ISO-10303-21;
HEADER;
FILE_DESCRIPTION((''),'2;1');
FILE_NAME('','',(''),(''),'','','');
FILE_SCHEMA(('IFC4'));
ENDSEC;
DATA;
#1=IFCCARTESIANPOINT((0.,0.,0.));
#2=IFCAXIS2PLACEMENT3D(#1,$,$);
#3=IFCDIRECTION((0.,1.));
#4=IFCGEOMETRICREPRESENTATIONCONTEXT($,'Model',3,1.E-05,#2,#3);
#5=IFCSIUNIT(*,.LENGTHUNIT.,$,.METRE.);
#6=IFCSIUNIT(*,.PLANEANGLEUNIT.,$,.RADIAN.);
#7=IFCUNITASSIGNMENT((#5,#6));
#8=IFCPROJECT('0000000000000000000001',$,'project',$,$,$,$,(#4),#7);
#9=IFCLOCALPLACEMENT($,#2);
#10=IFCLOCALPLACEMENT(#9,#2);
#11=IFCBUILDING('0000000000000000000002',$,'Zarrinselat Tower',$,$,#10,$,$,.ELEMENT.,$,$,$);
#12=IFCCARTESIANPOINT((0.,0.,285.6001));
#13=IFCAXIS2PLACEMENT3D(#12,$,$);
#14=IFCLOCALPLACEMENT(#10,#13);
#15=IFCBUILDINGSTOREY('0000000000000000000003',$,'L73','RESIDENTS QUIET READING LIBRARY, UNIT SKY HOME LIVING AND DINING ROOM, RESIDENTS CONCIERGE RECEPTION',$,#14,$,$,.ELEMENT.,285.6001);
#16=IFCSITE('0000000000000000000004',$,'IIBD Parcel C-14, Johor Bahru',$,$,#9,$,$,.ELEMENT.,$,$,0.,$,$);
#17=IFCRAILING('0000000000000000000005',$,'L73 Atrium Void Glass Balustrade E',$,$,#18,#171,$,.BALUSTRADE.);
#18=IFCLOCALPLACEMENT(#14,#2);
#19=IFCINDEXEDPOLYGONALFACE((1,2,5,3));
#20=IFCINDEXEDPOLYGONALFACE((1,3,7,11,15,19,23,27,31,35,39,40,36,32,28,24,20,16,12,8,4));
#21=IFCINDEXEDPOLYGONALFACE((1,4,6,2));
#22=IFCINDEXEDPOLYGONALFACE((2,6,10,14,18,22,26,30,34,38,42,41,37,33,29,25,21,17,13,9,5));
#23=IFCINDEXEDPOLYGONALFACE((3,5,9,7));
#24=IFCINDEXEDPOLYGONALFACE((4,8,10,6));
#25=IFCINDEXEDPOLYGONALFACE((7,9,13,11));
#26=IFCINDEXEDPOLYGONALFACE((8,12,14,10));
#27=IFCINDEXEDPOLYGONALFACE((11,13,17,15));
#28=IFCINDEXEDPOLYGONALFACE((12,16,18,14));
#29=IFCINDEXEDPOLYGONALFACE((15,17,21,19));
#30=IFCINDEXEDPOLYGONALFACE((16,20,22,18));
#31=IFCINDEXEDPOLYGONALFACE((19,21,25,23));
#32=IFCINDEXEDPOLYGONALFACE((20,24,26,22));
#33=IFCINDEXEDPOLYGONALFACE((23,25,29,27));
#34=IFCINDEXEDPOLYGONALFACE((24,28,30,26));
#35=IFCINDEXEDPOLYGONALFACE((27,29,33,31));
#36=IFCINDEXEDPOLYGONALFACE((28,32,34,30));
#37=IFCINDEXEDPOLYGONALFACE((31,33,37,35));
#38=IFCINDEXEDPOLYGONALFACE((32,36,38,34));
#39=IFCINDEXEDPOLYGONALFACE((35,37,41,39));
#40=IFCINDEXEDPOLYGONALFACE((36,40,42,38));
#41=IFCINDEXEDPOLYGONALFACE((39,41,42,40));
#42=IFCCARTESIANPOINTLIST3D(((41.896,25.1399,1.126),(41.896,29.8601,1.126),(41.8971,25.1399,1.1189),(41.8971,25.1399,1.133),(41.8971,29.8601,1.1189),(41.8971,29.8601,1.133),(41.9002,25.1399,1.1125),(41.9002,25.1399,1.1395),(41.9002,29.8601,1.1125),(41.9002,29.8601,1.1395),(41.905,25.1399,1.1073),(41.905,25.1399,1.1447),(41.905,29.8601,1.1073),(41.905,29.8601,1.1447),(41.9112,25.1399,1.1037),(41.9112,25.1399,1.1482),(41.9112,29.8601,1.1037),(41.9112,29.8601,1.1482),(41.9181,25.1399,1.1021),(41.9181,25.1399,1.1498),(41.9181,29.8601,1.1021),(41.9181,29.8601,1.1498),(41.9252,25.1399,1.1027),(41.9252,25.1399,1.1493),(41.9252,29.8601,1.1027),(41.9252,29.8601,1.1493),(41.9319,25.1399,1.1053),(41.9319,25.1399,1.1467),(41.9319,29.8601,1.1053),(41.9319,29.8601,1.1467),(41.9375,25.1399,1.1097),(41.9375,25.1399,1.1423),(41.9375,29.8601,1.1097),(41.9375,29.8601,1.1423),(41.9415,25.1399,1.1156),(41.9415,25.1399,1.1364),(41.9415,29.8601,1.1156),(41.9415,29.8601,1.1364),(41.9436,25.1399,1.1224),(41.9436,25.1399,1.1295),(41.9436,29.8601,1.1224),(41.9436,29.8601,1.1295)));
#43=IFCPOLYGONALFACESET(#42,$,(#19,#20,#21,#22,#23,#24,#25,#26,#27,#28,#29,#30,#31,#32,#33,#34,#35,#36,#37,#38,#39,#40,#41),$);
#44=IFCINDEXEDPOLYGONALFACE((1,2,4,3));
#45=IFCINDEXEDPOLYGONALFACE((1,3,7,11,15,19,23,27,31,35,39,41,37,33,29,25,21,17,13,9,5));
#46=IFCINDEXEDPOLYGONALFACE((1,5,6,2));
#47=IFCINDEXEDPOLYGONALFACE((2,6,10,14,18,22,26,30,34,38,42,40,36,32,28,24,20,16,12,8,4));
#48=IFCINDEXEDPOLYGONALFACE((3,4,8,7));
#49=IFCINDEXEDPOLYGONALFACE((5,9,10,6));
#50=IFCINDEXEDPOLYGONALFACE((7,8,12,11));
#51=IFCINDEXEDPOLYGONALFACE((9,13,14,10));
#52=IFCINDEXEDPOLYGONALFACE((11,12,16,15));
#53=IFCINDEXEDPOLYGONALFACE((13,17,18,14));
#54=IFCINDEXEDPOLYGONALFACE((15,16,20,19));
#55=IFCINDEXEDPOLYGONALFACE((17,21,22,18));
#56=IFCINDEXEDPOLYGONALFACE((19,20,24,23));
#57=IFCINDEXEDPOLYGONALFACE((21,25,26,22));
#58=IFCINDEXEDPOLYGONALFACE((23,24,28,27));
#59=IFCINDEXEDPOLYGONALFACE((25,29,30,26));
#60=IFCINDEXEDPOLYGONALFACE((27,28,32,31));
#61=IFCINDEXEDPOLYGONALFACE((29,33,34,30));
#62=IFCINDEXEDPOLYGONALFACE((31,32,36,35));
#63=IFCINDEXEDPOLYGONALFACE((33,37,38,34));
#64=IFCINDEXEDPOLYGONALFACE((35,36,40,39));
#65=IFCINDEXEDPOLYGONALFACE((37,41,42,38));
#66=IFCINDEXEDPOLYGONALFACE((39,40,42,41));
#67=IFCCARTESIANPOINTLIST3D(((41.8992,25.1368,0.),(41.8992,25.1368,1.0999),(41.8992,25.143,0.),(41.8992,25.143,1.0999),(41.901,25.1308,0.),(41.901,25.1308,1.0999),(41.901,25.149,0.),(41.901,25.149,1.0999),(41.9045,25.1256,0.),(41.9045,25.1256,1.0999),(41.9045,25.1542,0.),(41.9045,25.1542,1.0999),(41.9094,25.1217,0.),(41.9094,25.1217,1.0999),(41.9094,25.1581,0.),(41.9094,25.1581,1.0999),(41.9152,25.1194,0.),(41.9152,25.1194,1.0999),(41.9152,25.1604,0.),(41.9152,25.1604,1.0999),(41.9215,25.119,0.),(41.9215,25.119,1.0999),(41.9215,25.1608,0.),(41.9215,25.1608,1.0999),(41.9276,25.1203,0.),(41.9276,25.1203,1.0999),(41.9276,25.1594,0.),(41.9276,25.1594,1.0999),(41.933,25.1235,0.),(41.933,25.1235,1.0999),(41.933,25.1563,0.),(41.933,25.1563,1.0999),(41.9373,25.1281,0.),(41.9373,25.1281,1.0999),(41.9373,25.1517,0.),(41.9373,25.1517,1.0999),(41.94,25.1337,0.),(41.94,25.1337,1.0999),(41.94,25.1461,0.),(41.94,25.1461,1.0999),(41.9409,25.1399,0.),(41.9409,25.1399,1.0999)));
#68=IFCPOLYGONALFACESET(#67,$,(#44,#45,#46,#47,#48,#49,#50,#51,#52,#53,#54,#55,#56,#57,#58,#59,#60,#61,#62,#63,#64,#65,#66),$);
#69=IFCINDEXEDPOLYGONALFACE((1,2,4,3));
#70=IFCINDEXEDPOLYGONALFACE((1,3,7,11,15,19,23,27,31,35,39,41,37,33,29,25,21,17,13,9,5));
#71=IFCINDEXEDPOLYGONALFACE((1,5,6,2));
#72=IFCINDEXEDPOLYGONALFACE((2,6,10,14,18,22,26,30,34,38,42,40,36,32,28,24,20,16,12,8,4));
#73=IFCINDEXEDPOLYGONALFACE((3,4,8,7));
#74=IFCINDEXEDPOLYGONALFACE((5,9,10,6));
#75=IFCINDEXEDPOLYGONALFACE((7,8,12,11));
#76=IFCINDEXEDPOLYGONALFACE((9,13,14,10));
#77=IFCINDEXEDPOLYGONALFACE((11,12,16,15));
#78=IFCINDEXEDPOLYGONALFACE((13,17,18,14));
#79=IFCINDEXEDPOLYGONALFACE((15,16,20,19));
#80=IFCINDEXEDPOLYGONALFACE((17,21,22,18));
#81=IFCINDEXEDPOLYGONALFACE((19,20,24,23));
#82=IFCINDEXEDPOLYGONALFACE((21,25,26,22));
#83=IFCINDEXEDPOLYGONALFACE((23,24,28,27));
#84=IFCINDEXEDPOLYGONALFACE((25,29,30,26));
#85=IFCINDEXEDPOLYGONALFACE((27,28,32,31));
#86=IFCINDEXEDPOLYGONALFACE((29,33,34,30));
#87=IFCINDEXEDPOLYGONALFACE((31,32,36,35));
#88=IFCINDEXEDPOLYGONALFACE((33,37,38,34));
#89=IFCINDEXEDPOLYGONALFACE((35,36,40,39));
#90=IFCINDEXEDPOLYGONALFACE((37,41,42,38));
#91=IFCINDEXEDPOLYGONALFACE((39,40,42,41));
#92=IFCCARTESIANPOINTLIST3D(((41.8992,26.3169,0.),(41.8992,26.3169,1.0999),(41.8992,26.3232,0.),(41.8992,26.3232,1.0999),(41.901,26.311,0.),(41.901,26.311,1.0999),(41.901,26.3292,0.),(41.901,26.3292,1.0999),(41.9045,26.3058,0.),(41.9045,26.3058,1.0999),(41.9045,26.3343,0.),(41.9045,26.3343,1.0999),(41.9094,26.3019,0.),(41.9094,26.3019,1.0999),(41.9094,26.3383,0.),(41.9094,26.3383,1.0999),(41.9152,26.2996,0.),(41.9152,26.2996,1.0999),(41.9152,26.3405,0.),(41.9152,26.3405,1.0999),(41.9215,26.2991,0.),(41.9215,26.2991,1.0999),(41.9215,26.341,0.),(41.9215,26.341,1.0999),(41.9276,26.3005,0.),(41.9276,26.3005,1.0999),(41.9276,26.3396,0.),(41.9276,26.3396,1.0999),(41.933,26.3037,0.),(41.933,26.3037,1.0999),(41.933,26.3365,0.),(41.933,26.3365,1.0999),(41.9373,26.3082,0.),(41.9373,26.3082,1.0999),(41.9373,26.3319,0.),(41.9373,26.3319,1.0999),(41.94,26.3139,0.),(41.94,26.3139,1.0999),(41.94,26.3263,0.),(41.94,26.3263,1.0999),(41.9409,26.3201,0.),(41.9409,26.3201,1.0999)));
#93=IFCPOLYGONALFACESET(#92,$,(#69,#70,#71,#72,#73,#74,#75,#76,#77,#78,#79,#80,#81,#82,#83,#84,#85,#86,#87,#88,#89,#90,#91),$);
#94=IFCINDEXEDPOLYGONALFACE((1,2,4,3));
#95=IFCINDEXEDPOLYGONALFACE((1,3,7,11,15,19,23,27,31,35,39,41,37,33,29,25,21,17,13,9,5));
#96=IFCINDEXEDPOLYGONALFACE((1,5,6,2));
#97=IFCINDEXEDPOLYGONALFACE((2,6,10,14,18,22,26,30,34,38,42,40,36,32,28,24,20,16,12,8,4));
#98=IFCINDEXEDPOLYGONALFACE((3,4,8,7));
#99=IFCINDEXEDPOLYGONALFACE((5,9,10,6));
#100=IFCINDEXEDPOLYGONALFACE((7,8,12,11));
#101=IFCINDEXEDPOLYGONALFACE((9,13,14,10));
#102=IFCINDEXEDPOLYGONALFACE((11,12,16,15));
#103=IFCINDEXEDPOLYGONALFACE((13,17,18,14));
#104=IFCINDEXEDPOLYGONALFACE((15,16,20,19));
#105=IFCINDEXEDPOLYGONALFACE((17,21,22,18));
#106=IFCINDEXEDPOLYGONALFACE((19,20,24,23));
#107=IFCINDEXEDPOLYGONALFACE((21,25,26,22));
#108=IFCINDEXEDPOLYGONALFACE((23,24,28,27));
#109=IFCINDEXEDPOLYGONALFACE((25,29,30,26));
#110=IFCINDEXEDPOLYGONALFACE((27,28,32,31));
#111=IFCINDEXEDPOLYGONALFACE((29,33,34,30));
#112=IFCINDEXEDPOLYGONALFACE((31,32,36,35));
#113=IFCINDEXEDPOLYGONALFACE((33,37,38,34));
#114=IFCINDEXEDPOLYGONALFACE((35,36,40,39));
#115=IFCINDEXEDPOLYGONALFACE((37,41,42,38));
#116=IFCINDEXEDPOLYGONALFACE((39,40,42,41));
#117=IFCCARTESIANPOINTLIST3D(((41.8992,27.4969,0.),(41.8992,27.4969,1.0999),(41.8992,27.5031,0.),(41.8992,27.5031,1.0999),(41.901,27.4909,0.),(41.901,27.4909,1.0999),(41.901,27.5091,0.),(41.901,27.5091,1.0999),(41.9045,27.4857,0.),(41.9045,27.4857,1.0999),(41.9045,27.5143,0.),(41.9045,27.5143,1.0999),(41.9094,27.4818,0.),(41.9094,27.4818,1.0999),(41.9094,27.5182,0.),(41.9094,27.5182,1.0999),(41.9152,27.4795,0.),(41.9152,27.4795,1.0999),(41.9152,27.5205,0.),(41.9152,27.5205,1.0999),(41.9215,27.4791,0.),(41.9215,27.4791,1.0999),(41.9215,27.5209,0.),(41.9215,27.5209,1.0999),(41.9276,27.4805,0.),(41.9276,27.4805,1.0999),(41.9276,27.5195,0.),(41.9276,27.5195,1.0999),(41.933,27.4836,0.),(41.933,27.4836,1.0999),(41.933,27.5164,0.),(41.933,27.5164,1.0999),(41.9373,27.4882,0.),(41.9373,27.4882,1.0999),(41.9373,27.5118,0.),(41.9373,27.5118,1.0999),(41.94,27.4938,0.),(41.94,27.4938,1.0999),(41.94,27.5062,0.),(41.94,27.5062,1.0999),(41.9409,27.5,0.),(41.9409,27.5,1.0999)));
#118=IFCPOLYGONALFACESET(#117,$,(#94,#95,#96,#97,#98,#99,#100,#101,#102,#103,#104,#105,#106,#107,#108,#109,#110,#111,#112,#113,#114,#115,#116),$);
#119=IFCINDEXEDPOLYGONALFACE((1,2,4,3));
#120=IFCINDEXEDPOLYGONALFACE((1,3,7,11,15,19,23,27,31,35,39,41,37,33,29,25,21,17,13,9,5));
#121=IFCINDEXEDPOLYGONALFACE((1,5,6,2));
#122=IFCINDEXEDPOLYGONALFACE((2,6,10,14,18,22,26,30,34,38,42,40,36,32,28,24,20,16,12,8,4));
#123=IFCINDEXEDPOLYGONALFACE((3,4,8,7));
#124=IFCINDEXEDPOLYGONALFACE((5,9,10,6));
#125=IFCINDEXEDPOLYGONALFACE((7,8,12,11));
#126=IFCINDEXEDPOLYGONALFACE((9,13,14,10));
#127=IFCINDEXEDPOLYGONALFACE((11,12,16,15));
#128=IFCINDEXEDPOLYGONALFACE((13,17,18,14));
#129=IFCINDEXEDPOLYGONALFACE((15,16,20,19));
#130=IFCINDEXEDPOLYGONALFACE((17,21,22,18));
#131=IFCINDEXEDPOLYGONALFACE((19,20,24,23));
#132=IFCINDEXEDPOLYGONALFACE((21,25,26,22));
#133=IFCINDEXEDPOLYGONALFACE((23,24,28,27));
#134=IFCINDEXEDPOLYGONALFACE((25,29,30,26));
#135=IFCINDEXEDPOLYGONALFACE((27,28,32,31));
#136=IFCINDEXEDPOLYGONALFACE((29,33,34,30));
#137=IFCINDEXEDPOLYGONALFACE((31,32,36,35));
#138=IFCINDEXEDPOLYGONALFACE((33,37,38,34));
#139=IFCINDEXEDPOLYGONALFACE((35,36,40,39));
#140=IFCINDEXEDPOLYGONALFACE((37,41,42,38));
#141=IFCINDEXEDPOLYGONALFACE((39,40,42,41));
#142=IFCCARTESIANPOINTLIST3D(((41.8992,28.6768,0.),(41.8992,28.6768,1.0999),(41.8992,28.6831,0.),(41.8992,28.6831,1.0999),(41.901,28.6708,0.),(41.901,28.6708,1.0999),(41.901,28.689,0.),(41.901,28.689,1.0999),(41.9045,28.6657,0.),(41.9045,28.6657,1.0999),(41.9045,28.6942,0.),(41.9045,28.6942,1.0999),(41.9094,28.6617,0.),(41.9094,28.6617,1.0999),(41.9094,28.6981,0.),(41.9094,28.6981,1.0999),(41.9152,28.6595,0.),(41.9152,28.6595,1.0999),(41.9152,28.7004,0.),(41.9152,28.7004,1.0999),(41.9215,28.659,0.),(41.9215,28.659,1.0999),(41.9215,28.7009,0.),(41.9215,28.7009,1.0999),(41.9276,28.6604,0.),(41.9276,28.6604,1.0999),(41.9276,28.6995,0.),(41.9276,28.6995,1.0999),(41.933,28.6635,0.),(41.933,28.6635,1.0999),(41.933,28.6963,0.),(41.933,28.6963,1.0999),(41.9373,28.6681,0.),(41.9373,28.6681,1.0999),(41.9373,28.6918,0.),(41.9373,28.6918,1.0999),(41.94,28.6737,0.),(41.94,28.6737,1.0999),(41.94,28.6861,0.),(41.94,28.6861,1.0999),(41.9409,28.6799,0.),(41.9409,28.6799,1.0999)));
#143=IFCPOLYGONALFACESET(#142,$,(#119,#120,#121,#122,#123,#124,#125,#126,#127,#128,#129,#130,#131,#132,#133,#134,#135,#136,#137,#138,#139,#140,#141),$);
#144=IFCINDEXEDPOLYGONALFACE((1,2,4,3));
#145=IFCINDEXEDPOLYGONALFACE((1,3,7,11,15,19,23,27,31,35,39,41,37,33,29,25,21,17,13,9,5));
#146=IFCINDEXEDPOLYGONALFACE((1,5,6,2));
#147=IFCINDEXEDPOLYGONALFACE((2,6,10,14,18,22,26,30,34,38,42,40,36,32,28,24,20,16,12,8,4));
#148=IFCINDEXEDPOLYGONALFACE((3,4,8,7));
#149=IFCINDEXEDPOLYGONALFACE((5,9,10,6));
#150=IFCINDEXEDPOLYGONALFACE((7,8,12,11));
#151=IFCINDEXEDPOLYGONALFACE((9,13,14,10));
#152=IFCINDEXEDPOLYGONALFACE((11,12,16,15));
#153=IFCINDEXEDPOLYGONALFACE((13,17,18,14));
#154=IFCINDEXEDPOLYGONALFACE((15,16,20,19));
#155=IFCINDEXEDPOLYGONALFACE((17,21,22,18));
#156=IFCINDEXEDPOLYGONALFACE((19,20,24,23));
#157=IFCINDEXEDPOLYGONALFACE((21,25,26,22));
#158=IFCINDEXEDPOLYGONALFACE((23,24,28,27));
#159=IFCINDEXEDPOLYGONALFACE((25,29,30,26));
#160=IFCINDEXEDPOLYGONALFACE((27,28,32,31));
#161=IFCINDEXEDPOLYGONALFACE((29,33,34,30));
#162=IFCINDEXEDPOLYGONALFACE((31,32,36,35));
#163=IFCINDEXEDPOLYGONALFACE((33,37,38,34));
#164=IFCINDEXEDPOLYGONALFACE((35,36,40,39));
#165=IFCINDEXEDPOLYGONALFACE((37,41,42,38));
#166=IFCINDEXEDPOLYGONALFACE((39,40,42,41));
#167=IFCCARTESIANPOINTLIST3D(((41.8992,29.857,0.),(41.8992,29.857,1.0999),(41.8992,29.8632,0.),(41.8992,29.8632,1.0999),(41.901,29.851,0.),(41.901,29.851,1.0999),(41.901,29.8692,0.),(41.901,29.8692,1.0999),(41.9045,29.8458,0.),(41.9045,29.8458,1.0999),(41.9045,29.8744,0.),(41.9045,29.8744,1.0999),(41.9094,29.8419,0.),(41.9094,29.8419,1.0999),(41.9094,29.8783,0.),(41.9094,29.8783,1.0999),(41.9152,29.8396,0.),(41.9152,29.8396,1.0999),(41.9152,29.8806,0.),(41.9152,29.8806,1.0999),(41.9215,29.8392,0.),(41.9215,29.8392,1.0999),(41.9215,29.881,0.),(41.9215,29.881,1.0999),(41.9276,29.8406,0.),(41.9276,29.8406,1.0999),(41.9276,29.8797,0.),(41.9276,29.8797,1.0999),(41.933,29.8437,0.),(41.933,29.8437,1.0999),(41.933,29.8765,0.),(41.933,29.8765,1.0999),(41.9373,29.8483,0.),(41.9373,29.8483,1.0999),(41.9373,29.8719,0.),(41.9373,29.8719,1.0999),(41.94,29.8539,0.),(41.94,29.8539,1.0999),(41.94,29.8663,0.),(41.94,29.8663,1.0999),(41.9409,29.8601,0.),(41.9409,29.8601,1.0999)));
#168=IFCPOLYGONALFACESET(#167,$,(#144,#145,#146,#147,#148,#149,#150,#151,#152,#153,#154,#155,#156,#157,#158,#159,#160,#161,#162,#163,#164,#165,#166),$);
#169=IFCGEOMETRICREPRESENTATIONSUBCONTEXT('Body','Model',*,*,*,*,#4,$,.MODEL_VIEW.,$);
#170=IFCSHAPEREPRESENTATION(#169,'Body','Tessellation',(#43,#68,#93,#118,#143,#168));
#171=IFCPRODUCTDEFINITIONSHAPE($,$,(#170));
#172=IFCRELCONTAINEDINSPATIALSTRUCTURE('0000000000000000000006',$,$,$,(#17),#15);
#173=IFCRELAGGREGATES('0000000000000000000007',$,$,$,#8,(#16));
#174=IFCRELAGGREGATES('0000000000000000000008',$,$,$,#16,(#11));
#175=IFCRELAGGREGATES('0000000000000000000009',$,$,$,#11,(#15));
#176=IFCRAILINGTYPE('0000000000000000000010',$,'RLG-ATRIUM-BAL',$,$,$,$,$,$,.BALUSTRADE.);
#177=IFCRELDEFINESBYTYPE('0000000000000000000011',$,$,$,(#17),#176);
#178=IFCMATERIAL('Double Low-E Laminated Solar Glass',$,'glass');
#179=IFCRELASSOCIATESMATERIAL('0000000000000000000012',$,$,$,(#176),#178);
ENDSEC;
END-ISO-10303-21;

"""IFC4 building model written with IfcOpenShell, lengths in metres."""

from ifc_helpers import new_model, si_unit, direction, frame, origin, origin_2d, place, context, subcontext, project, spatial, circle, extrude, material, type_object, element, save


model = new_model("IFC4")

# Units and contexts
model_context = context("Model", 3, precision=1e-05, world=origin(), true_north=direction((0.0, 1.0)))
body_context = subcontext(model_context, "Body", "Model", "MODEL_VIEW")
ifc_project = project(units=[si_unit("LENGTHUNIT", "METRE"), si_unit("PLANEANGLEUNIT", "RADIAN")], contexts=[model_context])

# Site, building, storey
site_placement = place(None, origin())
site = spatial("IfcSite", under=ifc_project, at=site_placement, Name="IIBD Parcel C-14, Johor Bahru", CompositionType="ELEMENT", RefElevation=0.0)
building_placement = place(site_placement, origin())
building = spatial("IfcBuilding", under=site, at=building_placement, Name="Zarrinselat Tower", CompositionType="ELEMENT")
storey_placement = place(building_placement, frame((0.0, 0.0, 285.6001)))
storey = spatial("IfcBuildingStorey", under=building, at=storey_placement, Name="L73", Description="RESIDENTS QUIET READING LIBRARY, UNIT SKY HOME LIVING AND DINING ROOM, RESIDENTS CONCIERGE RECEPTION", CompositionType="ELEMENT", Elevation=285.6001)

# Railing
ifc_material_1 = material(Name="Double Low-E Laminated Solar Glass", Category="glass")
railing_type = type_object("IfcRailingType", Name="RLG-ATRIUM-BAL", PredefinedType="BALUSTRADE", material=ifc_material_1)
railing_1_placement = place(storey_placement, frame((41.9199, 25.1399, 0.0)))
element("IfcRailing", 1, at=railing_1_placement, inside=storey, type_object=railing_type, Name="L73 Atrium Void Glass Balustrade E", PredefinedType="BALUSTRADE", context=body_context, shape_type="SweptSolid", body=[
    extrude(circle(Radius=0.0239, at=origin_2d()), frame((0.0, 0.0, 1.126), z_axis=(0.0, 1.0, 0.0), x_axis=(-1.0, 0.0, 0.0)), (0.0, 0.0, 1.0), 4.7202),
    extrude(circle(Radius=0.021, at=origin_2d()), origin(), (0.0, 0.0, 1.0), 1.0999),
    extrude(circle(Radius=0.021, at=origin_2d()), frame((0.0, 1.1802, 0.0)), (0.0, 0.0, 1.0), 1.0999),
    extrude(circle(Radius=0.021, at=origin_2d()), frame((0.0, 2.3601, 0.0)), (0.0, 0.0, 1.0), 1.0999),
    extrude(circle(Radius=0.021, at=origin_2d()), frame((0.0, 3.54, 0.0)), (0.0, 0.0, 1.0), 1.0999),
    extrude(circle(Radius=0.021, at=origin_2d()), frame((0.0, 4.7202, 0.0)), (0.0, 0.0, 1.0), 1.0999),
])

save(model, "model.ifc")
